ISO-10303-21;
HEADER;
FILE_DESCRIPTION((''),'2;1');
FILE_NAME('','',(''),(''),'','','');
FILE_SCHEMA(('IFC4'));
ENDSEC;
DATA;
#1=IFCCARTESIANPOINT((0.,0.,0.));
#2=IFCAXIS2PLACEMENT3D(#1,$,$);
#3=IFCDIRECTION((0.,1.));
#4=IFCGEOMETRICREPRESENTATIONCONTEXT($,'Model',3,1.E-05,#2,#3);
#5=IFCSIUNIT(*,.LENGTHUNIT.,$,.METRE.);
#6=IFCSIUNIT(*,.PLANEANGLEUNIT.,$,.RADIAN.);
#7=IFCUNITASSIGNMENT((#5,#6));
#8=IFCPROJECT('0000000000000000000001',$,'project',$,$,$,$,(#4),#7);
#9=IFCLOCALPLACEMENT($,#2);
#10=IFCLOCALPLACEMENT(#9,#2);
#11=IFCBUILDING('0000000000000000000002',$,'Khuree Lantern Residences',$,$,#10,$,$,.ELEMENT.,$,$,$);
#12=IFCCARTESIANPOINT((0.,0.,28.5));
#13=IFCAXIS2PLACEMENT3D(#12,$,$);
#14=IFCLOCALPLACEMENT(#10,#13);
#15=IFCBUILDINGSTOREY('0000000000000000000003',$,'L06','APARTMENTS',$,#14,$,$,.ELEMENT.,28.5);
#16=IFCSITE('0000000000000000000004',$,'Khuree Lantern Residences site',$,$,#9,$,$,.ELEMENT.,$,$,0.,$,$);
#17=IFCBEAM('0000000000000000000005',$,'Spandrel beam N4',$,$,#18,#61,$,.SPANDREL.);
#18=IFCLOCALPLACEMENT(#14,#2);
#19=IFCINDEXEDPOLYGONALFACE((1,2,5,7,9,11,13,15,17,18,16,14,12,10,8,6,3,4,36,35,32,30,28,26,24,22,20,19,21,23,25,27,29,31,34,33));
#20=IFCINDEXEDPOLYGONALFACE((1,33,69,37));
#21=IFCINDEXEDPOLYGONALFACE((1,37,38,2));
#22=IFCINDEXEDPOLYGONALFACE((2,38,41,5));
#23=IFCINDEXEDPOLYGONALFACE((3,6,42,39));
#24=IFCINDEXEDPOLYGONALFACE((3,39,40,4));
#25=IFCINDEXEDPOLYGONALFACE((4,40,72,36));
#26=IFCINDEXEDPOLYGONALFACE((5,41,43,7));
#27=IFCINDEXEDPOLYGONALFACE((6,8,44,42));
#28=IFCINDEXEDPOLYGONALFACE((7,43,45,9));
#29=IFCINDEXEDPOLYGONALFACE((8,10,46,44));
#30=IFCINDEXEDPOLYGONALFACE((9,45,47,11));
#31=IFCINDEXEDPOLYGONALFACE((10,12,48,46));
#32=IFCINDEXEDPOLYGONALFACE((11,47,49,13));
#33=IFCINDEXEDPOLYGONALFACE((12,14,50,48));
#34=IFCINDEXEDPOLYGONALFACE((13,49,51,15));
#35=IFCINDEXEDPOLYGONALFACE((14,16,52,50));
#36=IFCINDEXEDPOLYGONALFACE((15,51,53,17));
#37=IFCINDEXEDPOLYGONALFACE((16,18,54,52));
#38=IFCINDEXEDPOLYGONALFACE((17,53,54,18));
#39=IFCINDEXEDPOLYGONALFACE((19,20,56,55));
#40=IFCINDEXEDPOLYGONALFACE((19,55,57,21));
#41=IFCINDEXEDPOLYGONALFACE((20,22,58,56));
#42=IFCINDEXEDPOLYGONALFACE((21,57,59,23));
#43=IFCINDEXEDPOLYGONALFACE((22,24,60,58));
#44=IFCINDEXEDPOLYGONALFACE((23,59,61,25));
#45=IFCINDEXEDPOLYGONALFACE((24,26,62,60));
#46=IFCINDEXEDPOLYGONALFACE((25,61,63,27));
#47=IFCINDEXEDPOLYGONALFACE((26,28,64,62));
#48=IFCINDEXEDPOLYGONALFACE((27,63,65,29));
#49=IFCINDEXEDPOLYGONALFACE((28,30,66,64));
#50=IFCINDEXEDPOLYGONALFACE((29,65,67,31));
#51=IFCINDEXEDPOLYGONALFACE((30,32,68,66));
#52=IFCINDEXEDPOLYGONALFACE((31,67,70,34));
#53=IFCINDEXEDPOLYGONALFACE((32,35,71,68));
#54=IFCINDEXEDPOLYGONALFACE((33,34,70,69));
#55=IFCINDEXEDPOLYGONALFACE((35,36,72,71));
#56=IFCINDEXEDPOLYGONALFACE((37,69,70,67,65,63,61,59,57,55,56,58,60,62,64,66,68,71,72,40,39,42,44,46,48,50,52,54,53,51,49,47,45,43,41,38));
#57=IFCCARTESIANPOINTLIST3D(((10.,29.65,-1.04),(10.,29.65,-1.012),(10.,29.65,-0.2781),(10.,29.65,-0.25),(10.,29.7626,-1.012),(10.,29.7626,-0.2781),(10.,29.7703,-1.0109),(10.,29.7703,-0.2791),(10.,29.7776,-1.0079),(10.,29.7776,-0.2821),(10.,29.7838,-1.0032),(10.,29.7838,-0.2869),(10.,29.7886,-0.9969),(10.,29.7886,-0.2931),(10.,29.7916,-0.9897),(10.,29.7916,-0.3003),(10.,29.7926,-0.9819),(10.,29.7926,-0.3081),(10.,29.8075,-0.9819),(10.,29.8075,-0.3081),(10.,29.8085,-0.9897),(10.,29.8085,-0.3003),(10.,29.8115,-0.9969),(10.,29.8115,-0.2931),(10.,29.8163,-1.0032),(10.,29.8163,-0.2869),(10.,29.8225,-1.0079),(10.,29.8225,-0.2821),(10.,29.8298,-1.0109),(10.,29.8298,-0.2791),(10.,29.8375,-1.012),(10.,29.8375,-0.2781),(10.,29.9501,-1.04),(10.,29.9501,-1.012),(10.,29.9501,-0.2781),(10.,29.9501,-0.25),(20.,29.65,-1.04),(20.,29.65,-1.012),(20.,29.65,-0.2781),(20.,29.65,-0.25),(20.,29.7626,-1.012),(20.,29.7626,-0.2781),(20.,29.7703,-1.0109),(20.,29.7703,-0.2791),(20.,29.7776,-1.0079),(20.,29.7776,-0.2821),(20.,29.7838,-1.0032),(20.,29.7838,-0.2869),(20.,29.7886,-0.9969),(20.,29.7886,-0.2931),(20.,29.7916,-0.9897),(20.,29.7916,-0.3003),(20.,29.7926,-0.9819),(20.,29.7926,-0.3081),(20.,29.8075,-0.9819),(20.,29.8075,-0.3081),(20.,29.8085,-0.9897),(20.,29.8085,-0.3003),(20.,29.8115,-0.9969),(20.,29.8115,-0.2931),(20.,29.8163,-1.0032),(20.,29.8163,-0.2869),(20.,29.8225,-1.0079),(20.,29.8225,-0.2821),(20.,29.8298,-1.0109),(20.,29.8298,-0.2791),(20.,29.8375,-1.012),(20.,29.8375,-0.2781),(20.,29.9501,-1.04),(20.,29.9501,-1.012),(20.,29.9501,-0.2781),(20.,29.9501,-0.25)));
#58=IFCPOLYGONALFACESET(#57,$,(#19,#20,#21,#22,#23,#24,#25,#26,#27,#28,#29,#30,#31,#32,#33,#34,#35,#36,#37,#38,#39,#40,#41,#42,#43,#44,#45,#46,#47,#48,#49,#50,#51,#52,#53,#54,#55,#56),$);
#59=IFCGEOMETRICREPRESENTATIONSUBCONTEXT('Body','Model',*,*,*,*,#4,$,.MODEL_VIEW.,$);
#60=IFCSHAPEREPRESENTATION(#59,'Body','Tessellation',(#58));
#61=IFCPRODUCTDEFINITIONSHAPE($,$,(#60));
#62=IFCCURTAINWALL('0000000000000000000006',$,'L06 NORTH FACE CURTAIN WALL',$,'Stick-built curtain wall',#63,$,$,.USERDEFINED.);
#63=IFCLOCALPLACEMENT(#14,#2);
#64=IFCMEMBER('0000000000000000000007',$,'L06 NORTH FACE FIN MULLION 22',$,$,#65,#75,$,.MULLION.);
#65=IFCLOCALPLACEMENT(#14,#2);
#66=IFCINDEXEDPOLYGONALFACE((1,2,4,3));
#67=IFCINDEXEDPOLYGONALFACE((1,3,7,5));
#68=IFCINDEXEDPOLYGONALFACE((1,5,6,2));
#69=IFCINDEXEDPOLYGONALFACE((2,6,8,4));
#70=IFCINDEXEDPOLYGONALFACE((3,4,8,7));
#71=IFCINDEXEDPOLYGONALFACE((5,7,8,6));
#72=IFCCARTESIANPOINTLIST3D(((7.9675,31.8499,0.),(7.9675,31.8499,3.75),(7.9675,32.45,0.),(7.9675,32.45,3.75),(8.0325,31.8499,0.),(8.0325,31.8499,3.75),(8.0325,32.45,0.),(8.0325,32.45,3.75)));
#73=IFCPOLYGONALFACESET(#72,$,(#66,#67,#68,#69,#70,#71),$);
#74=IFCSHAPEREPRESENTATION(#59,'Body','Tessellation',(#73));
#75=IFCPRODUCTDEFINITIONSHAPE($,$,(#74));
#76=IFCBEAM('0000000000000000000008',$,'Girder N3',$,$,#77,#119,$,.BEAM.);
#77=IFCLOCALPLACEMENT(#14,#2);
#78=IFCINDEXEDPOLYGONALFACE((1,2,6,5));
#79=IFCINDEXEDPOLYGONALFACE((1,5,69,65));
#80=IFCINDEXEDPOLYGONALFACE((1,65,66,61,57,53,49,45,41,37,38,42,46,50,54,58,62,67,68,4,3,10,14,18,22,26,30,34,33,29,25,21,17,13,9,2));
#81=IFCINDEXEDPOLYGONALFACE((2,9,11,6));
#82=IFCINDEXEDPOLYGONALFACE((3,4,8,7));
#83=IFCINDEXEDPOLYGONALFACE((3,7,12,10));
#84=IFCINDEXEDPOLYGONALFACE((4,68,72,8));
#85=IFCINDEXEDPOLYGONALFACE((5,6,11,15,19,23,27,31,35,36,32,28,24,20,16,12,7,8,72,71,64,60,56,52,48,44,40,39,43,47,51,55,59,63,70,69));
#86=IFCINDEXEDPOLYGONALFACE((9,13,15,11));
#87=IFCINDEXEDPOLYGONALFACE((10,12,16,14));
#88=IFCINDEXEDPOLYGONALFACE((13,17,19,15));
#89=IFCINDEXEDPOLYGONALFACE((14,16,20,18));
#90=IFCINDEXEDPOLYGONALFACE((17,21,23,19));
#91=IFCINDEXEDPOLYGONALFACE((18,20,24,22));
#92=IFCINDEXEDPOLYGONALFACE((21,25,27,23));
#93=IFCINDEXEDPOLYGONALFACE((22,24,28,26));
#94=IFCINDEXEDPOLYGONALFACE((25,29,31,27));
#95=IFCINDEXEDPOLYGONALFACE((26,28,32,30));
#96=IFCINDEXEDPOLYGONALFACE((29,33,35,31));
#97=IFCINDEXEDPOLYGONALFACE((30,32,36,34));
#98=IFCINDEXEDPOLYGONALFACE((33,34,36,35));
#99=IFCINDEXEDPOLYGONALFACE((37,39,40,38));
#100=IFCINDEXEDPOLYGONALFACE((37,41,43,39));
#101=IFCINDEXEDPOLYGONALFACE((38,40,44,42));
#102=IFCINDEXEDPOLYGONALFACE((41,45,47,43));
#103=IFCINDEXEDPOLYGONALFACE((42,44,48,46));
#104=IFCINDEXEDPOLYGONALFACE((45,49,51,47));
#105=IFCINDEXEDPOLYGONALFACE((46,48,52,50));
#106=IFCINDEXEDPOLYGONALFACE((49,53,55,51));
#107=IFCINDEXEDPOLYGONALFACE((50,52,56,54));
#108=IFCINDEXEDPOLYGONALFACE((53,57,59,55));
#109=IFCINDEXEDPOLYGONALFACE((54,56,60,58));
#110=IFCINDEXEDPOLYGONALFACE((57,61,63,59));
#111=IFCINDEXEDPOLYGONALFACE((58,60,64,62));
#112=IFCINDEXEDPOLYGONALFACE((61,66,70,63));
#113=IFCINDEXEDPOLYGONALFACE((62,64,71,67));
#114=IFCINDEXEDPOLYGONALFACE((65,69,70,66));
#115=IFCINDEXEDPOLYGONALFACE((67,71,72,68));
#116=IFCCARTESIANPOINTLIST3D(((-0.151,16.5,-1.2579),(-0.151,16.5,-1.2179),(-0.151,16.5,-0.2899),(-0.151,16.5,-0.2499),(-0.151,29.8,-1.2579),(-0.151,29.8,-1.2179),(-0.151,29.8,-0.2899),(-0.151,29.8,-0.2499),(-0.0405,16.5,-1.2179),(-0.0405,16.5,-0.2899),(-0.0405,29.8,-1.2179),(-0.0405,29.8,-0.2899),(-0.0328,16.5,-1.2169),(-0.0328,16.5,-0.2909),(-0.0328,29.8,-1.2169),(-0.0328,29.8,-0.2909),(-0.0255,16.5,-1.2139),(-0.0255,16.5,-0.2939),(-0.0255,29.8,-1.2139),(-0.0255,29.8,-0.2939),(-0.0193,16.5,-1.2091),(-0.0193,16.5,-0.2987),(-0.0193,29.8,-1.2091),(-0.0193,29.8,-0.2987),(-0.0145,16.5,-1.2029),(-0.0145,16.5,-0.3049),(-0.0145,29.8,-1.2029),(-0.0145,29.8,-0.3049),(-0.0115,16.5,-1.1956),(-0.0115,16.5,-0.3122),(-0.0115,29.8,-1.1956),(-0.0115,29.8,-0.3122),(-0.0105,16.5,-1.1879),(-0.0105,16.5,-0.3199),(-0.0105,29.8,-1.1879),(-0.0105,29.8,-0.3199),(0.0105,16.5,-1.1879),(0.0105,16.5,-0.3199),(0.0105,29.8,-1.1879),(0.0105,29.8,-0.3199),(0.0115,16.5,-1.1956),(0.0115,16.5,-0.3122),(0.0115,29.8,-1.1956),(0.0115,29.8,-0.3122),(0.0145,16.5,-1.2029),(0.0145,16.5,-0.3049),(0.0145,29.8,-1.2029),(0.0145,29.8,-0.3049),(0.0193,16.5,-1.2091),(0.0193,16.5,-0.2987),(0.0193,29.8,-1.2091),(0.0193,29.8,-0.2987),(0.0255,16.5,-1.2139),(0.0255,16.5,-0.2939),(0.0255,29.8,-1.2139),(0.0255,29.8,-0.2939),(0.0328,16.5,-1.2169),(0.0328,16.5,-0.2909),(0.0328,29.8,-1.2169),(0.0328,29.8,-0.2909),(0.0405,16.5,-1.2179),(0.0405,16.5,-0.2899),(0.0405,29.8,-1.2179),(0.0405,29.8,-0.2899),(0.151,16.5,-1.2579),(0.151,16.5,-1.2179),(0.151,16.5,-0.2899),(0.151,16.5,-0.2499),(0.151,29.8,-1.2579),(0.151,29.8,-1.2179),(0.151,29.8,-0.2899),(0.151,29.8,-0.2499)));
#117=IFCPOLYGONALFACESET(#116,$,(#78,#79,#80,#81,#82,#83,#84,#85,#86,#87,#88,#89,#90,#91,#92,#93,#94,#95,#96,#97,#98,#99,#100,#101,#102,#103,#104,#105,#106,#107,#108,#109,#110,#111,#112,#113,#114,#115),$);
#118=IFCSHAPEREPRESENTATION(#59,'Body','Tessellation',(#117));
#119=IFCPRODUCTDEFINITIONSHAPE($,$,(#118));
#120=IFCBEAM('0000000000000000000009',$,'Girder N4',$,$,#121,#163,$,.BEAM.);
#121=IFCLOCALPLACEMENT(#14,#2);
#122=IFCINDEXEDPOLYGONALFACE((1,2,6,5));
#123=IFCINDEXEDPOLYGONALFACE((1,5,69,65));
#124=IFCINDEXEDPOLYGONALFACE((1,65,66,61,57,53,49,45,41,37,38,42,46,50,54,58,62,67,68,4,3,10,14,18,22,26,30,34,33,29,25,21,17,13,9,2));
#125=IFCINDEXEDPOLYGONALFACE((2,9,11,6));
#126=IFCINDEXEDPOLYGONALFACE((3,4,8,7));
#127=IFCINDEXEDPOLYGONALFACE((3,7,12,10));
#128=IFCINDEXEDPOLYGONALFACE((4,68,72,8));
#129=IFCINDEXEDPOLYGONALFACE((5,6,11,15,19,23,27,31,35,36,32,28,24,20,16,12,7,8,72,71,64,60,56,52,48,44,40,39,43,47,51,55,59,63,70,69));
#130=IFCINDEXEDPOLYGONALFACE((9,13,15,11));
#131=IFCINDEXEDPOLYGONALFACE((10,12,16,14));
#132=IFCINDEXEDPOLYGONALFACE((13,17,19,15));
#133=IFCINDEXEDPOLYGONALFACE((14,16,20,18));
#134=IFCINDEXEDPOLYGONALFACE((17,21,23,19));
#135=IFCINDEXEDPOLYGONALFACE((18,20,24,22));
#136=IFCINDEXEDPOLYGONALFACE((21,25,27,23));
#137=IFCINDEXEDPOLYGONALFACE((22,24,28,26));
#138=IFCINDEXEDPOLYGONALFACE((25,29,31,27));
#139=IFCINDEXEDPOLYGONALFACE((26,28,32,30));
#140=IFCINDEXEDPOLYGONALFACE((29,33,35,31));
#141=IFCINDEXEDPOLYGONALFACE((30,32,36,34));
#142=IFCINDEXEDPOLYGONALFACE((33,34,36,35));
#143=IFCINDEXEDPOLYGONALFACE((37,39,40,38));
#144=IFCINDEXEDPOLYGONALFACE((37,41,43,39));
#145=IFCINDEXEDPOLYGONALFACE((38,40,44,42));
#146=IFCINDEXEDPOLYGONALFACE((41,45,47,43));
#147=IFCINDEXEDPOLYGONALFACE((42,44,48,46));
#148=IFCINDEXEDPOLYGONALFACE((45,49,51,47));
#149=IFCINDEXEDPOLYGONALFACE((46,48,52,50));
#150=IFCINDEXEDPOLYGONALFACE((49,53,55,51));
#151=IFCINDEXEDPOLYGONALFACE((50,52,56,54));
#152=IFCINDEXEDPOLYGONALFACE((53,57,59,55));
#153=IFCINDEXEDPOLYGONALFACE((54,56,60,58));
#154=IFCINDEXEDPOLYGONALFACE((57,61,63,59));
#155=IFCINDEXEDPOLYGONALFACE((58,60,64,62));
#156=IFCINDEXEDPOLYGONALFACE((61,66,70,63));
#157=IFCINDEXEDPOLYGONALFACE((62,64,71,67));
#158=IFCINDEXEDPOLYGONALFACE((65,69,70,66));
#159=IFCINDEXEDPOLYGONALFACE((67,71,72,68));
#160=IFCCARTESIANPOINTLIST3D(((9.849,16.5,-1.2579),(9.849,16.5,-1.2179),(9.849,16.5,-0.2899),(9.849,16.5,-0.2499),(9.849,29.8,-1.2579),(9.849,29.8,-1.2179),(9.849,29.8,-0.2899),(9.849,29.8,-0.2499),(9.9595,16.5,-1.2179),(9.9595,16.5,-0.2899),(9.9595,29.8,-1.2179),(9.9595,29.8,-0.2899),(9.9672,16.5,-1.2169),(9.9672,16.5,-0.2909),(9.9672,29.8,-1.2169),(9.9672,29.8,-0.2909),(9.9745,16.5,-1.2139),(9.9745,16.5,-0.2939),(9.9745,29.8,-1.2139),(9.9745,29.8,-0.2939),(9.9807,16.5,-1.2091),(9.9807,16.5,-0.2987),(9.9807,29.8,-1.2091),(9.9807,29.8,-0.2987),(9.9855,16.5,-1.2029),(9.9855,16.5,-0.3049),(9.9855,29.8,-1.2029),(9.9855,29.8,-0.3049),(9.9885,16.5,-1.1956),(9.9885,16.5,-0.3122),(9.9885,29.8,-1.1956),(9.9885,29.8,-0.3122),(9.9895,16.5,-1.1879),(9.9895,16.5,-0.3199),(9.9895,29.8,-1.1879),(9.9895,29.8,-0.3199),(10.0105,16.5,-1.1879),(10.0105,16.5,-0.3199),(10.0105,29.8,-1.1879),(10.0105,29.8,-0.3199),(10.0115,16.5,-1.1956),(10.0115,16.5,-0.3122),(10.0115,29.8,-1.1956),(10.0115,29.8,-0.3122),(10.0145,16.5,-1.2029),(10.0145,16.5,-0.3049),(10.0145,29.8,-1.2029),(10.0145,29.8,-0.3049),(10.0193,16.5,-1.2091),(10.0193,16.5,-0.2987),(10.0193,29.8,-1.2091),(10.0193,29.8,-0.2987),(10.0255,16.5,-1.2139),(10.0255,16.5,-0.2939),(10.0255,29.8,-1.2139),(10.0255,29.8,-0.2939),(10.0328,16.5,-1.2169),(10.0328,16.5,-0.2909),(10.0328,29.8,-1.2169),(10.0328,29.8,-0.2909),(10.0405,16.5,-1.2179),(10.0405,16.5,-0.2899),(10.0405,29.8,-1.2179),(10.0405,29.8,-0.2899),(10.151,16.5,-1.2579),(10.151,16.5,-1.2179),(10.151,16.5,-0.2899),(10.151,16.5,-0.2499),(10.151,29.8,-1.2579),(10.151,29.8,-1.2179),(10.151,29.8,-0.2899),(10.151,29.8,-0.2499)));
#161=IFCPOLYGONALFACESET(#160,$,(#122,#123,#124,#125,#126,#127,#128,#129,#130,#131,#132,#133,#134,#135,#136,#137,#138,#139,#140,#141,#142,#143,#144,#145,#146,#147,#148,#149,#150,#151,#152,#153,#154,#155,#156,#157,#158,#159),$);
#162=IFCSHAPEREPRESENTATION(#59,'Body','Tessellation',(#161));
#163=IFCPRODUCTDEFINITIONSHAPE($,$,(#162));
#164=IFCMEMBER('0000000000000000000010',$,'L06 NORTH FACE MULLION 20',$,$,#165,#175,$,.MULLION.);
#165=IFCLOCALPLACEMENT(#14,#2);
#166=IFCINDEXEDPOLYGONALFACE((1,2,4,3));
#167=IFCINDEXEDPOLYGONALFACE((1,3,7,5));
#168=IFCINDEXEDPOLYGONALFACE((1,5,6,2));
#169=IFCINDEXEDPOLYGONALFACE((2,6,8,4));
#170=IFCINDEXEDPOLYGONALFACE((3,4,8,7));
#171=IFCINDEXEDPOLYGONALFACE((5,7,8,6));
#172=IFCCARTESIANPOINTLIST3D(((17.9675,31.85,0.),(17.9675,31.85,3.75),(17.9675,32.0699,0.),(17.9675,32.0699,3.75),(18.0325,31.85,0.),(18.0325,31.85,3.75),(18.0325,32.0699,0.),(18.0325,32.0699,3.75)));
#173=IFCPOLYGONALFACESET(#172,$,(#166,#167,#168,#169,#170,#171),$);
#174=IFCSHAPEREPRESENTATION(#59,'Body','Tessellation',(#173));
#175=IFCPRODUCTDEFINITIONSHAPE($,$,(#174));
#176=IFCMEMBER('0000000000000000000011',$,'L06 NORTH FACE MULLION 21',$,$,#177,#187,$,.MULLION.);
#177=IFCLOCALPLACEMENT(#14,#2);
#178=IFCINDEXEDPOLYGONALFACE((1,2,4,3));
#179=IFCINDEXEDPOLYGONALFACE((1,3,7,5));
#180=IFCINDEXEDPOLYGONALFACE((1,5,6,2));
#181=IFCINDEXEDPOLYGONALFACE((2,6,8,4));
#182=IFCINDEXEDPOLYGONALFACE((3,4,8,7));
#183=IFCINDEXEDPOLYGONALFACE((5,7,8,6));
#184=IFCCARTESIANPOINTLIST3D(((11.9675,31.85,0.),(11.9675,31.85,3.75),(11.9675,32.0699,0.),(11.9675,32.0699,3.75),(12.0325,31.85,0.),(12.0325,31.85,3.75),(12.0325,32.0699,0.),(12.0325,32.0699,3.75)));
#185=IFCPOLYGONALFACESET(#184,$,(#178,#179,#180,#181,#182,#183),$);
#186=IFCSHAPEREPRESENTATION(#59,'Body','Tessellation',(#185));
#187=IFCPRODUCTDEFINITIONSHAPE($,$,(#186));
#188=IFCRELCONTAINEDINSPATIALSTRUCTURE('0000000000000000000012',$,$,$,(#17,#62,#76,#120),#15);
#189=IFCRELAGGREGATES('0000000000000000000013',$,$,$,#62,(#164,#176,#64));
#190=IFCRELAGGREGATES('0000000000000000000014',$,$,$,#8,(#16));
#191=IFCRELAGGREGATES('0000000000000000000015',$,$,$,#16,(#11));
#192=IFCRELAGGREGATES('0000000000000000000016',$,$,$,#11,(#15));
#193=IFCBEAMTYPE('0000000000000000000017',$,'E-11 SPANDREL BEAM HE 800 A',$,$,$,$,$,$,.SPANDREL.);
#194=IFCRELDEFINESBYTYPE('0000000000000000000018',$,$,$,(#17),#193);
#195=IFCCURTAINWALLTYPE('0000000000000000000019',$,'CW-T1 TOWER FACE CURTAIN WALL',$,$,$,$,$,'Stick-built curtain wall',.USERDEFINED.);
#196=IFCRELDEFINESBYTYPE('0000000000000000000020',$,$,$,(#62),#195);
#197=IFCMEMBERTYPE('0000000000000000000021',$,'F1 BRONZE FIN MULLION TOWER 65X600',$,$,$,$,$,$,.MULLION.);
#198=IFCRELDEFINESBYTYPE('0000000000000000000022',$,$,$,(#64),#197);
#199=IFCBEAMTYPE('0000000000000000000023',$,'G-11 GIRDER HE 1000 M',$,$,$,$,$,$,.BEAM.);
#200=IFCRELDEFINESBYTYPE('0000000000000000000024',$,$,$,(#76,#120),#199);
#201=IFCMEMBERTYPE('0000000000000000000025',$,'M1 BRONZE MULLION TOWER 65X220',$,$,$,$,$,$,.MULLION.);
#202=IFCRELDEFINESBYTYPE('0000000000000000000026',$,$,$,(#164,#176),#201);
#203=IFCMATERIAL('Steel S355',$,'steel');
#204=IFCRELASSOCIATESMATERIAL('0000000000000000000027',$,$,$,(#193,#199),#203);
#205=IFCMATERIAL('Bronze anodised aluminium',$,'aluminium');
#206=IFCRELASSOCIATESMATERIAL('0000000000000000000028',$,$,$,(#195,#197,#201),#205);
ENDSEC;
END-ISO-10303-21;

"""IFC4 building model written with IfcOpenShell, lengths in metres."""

from ifc_helpers import new_model, si_unit, direction, frame, origin, origin_2d, place, context, subcontext, project, spatial, rectangle, i_section, extrude, material, material_profile, profile_set, type_object, element, aggregate, save


model = new_model("IFC4")

# Units and contexts
model_context = context("Model", 3, precision=1e-05, world=origin(), true_north=direction((0.0, 1.0)))
body_context = subcontext(model_context, "Body", "Model", "MODEL_VIEW")
ifc_project = project(units=[si_unit("LENGTHUNIT", "METRE"), si_unit("PLANEANGLEUNIT", "RADIAN")], contexts=[model_context])

# Site, building, storey
site_placement = place(None, origin())
site = spatial("IfcSite", under=ifc_project, at=site_placement, Name="Khuree Lantern Residences site", CompositionType="ELEMENT", RefElevation=0.0)
building_placement = place(site_placement, origin())
building = spatial("IfcBuilding", under=site, at=building_placement, Name="Khuree Lantern Residences", CompositionType="ELEMENT")
storey_placement = place(building_placement, frame((0.0, 0.0, 28.5)))
storey = spatial("IfcBuildingStorey", under=building, at=storey_placement, Name="L06", Description="APARTMENTS", CompositionType="ELEMENT", Elevation=28.5)

# Beam
ifc_material_1 = material(Name="Steel S355", Category="steel")
ifc_material_profile_1 = material_profile(ifc_material_1, i_section(OverallWidth=0.3, OverallDepth=0.79, WebThickness=0.0149, FlangeThickness=0.0281, FilletRadius=0.03, at=origin_2d()), Name="HE 800 A")
ifc_profile_set_1 = profile_set([ifc_material_profile_1], Name="Steel S355")
beam_type_1 = type_object("IfcBeamType", Name="E-11 SPANDREL BEAM HE 800 A", PredefinedType="SPANDREL", material=ifc_profile_set_1)
for number, where, z_axis, x_axis, name in (
    (1, (10.0, 29.8, -0.645), (1.0, 0.0, 0.0), (0.0, 1.0, 0.0), "Spandrel beam N4"),
):
    element("IfcBeam", number, at=place(storey_placement, frame(where, z_axis=z_axis, x_axis=x_axis)), inside=storey, type_object=beam_type_1, Name=name, PredefinedType="SPANDREL", context=body_context, shape_type="SweptSolid", body=[
        extrude(i_section(OverallWidth=0.3, OverallDepth=0.79, WebThickness=0.0149, FlangeThickness=0.0281, FilletRadius=0.03, at=origin_2d()), origin(), (0.0, 0.0, 1.0), 10.0),
    ])

# Curtain wall, member
ifc_material_2 = material(Name="Bronze anodised aluminium", Category="aluminium")
curtain_wall_type = type_object("IfcCurtainWallType", Name="CW-T1 TOWER FACE CURTAIN WALL", ElementType="Stick-built curtain wall", PredefinedType="USERDEFINED", material=ifc_material_2)
curtain_wall_placement = place(storey_placement, origin())
curtain_wall = element("IfcCurtainWall", 2, at=curtain_wall_placement, inside=storey, type_object=curtain_wall_type, Name="L06 NORTH FACE CURTAIN WALL", ObjectType="Stick-built curtain wall", PredefinedType="USERDEFINED")
ifc_material_profile_2 = material_profile(ifc_material_2, rectangle(XDim=0.0649, YDim=0.6001, at=origin_2d()), Name="F1 65X600")
ifc_profile_set_2 = profile_set([ifc_material_profile_2], Name="Bronze anodised aluminium")
member_type_1 = type_object("IfcMemberType", Name="F1 BRONZE FIN MULLION TOWER 65X600", PredefinedType="MULLION", material=ifc_profile_set_2)
member_1_placement = place(storey_placement, frame((8.0, 32.1499, 0.0), z_axis=(0.0, 0.0, 1.0), x_axis=(-1.0, 0.0, 0.0)))
member_1 = element("IfcMember", 3, at=member_1_placement, type_object=member_type_1, Name="L06 NORTH FACE FIN MULLION 22", PredefinedType="MULLION", context=body_context, shape_type="SweptSolid", body=[
    extrude(rectangle(XDim=0.0649, YDim=0.6001, at=origin_2d()), origin(), (0.0, 0.0, 1.0), 3.75),
])

# Beams
ifc_material_profile_3 = material_profile(ifc_material_1, i_section(OverallWidth=0.302, OverallDepth=1.0081, WebThickness=0.021, FlangeThickness=0.04, FilletRadius=0.03, at=origin_2d()), Name="HE 1000 M")
ifc_profile_set_3 = profile_set([ifc_material_profile_3], Name="Steel S355")
beam_type_2 = type_object("IfcBeamType", Name="G-11 GIRDER HE 1000 M", PredefinedType="BEAM", material=ifc_profile_set_3)
for number, where, z_axis, x_axis, name in (
    (4, (0.0, 29.8, -0.7539), (0.0, -1.0, 0.0), (1.0, 0.0, 0.0), "Girder N3"),
    (5, (10.0, 29.8, -0.7539), (0.0, -1.0, 0.0), (1.0, 0.0, 0.0), "Girder N4"),
):
    element("IfcBeam", number, at=place(storey_placement, frame(where, z_axis=z_axis, x_axis=x_axis)), inside=storey, type_object=beam_type_2, Name=name, PredefinedType="BEAM", context=body_context, shape_type="SweptSolid", body=[
        extrude(i_section(OverallWidth=0.302, OverallDepth=1.0081, WebThickness=0.021, FlangeThickness=0.04, FilletRadius=0.03, at=origin_2d()), origin(), (0.0, 0.0, 1.0), 13.3),
    ])

# Members
ifc_material_profile_4 = material_profile(ifc_material_2, rectangle(XDim=0.0649, YDim=0.22, at=origin_2d()), Name="M1 65X220")
ifc_profile_set_4 = profile_set([ifc_material_profile_4], Name="Bronze anodised aluminium")
member_type_2 = type_object("IfcMemberType", Name="M1 BRONZE MULLION TOWER 65X220", PredefinedType="MULLION", material=ifc_profile_set_4)
member_2_placement = place(storey_placement, frame((18.0, 31.96, 0.0), z_axis=(0.0, 0.0, 1.0), x_axis=(-1.0, 0.0, 0.0)))
member_2 = element("IfcMember", 6, at=member_2_placement, type_object=member_type_2, Name="L06 NORTH FACE MULLION 20", PredefinedType="MULLION", context=body_context, shape_type="SweptSolid", body=[
    extrude(rectangle(XDim=0.0649, YDim=0.22, at=origin_2d()), origin(), (0.0, 0.0, 1.0), 3.75),
])
member_3_placement = place(storey_placement, frame((12.0, 31.96, 0.0), z_axis=(0.0, 0.0, 1.0), x_axis=(-1.0, 0.0, 0.0)))
member_3 = element("IfcMember", 7, at=member_3_placement, type_object=member_type_2, Name="L06 NORTH FACE MULLION 21", PredefinedType="MULLION", context=body_context, shape_type="SweptSolid", body=[
    extrude(rectangle(XDim=0.0649, YDim=0.22, at=origin_2d()), origin(), (0.0, 0.0, 1.0), 3.75),
])

aggregate(curtain_wall, [member_2, member_3, member_1])

save(model, "model.ifc")
